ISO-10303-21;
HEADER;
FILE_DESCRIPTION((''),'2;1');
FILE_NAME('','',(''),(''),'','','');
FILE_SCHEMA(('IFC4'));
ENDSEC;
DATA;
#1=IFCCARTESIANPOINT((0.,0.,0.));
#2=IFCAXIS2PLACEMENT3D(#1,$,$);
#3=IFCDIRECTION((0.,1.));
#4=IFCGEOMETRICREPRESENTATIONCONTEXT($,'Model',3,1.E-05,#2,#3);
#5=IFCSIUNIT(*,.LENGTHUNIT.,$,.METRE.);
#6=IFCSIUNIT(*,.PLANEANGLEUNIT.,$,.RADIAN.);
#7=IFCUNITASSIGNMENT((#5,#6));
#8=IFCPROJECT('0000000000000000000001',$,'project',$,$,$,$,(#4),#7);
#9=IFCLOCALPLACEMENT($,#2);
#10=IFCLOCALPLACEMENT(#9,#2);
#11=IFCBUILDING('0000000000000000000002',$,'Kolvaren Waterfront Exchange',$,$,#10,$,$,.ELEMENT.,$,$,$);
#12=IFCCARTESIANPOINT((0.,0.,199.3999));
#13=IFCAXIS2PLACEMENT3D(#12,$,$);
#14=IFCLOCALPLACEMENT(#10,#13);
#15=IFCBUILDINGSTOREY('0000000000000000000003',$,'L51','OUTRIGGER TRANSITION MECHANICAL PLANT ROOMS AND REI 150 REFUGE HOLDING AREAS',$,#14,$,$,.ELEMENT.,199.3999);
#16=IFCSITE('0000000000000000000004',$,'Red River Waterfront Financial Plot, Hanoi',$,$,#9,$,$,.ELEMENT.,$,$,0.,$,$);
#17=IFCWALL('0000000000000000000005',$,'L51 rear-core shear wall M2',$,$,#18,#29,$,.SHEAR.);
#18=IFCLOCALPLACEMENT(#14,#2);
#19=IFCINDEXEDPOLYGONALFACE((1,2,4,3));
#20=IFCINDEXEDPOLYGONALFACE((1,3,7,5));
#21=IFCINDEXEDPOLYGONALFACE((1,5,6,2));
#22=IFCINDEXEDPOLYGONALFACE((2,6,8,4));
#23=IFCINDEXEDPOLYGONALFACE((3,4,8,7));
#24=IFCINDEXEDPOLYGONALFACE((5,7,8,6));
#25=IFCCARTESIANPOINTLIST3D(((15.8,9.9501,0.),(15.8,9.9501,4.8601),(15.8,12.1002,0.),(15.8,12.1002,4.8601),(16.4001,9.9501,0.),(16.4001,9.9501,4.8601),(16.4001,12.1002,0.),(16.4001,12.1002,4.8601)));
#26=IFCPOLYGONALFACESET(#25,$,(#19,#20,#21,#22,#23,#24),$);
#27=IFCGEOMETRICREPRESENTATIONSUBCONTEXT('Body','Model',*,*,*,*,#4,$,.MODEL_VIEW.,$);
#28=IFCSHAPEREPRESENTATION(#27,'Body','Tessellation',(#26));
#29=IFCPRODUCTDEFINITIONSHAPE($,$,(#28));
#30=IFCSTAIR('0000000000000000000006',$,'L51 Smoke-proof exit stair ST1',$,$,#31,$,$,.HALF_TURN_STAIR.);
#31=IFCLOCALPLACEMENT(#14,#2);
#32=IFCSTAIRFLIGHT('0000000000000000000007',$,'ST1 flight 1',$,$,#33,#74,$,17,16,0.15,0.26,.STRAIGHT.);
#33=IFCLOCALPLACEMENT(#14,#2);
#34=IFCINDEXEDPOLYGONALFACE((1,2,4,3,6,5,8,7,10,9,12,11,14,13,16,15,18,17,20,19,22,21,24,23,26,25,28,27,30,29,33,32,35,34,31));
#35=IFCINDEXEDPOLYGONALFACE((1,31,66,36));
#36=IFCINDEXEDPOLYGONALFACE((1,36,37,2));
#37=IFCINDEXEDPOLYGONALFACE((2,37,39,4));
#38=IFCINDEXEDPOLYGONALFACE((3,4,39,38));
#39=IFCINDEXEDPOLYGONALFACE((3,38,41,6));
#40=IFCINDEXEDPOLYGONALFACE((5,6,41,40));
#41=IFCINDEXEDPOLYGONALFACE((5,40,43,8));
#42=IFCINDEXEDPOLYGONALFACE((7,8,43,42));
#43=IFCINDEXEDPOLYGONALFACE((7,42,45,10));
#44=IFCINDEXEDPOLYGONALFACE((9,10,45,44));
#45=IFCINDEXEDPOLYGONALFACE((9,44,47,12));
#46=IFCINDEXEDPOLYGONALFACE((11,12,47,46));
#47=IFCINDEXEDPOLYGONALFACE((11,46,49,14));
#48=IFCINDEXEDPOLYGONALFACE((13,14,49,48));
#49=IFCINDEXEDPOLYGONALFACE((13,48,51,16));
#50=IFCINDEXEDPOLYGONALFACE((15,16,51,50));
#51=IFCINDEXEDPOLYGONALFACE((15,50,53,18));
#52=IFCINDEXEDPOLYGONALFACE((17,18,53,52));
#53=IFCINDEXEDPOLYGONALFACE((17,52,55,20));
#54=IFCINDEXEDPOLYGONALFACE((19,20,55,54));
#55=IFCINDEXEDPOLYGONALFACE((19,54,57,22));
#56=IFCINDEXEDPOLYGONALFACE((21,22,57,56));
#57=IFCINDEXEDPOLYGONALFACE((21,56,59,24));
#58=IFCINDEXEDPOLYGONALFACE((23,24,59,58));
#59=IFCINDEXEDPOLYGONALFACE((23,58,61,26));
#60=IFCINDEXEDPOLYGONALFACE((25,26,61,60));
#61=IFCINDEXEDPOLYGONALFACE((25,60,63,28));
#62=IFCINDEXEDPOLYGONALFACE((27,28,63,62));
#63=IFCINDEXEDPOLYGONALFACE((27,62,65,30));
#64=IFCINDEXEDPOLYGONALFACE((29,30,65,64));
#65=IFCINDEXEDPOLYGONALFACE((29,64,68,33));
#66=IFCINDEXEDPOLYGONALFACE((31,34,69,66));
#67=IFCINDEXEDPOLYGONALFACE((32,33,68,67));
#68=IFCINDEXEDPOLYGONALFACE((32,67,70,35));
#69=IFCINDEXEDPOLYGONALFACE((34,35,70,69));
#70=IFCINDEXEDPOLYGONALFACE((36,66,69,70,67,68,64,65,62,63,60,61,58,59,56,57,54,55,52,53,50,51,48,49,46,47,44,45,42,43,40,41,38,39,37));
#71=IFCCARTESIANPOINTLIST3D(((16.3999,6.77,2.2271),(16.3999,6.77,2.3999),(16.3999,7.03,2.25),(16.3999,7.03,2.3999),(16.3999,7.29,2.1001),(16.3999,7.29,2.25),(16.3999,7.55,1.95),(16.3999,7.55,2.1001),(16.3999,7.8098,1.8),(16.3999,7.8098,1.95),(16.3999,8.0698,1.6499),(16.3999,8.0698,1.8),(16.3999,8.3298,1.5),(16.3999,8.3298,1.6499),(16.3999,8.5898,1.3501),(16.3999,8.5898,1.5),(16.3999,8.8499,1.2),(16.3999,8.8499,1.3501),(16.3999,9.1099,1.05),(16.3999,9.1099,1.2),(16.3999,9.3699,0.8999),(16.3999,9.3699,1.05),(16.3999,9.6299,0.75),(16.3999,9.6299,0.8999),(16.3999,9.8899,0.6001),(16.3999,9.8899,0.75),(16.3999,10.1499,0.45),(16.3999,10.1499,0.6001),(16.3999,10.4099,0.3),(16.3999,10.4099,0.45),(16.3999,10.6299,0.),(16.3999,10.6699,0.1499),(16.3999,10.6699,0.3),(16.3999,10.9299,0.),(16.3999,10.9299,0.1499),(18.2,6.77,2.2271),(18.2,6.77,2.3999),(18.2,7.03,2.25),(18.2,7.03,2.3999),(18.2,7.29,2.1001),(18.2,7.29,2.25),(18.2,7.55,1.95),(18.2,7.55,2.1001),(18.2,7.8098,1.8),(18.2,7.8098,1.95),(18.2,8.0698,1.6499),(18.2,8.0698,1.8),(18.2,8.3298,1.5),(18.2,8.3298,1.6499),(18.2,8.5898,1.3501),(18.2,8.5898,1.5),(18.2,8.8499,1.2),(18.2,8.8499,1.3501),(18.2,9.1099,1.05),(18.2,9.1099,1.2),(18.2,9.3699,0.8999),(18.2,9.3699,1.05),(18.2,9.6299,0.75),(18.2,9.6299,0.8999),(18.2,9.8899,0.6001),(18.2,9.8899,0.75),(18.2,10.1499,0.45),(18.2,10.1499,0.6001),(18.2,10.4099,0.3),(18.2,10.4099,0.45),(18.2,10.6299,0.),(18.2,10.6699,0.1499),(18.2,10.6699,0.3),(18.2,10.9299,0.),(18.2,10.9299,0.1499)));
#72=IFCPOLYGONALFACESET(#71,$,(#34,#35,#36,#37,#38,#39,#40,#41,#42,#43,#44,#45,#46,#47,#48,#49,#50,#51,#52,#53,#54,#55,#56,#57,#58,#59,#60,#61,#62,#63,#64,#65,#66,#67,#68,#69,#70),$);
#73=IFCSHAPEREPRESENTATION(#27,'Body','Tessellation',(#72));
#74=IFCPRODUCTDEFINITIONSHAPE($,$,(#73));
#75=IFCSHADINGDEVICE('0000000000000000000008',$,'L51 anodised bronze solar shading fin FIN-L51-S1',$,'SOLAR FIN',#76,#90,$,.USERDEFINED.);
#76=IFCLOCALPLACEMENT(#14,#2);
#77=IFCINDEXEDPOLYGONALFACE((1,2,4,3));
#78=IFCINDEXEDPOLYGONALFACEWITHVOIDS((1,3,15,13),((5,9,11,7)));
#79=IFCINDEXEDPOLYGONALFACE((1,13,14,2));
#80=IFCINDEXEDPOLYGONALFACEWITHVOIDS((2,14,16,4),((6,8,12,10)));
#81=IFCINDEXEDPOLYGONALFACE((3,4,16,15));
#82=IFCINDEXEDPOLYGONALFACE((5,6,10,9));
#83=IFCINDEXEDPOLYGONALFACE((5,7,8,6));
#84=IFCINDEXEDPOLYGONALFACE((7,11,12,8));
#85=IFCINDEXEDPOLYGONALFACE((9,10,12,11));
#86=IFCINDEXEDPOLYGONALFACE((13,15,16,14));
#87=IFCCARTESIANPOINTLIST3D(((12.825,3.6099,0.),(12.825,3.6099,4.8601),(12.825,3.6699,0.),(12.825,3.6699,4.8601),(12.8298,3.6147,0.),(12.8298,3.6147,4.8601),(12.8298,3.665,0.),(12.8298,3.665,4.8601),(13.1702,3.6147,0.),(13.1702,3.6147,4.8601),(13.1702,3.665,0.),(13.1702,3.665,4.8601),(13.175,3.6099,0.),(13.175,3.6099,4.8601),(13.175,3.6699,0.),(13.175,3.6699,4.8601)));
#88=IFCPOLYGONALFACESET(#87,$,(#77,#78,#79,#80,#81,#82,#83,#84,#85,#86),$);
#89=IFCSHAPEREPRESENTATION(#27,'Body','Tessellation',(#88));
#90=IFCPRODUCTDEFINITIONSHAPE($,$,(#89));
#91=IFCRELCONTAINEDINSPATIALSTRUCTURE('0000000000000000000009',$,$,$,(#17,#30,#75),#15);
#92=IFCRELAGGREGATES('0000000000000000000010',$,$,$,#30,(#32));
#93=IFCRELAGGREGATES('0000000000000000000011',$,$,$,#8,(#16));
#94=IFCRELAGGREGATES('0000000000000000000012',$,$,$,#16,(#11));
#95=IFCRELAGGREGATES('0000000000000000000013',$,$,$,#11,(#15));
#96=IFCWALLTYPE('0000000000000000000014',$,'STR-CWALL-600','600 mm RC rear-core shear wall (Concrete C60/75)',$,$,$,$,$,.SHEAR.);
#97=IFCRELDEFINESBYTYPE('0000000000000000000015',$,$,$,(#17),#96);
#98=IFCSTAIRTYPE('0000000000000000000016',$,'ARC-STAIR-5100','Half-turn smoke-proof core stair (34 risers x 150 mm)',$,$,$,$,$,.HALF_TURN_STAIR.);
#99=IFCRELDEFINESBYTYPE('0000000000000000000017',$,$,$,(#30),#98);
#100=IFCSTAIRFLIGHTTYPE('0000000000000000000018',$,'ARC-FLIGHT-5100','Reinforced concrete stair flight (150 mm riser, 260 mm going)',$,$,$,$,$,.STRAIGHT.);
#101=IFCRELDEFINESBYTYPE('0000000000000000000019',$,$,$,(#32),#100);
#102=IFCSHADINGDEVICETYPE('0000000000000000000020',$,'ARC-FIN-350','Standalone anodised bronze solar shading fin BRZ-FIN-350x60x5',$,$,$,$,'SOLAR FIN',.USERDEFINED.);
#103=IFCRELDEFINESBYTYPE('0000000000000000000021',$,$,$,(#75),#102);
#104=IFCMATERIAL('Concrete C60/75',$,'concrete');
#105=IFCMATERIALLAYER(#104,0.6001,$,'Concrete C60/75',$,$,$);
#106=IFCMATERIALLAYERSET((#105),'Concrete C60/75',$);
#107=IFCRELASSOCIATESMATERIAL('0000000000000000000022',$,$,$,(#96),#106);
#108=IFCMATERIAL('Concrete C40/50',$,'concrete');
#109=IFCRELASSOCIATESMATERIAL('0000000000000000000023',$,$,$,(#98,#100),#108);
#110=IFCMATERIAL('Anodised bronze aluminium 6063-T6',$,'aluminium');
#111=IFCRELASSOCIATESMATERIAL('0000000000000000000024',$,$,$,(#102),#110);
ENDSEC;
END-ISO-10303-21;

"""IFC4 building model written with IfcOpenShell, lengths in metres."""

from ifc_helpers import new_model, si_unit, direction, frame, frame_2d, origin, origin_2d, place, context, subcontext, project, spatial, polyline, rectangle, hollow_rectangle, outline, extrude, material, layer, layer_set, material_profile, profile_set, type_object, element, aggregate, save


model = new_model("IFC4")

# Units and contexts
model_context = context("Model", 3, precision=1e-05, world=origin(), true_north=direction((0.0, 1.0)))
body_context = subcontext(model_context, "Body", "Model", "MODEL_VIEW")
ifc_project = project(units=[si_unit("LENGTHUNIT", "METRE"), si_unit("PLANEANGLEUNIT", "RADIAN")], contexts=[model_context])

# Site, building, storey
site_placement = place(None, origin())
site = spatial("IfcSite", under=ifc_project, at=site_placement, Name="Red River Waterfront Financial Plot, Hanoi", CompositionType="ELEMENT", RefElevation=0.0)
building_placement = place(site_placement, origin())
building = spatial("IfcBuilding", under=site, at=building_placement, Name="Kolvaren Waterfront Exchange", CompositionType="ELEMENT")
storey_placement = place(building_placement, frame((0.0, 0.0, 199.3999)))
storey = spatial("IfcBuildingStorey", under=building, at=storey_placement, Name="L51", Description="OUTRIGGER TRANSITION MECHANICAL PLANT ROOMS AND REI 150 REFUGE HOLDING AREAS", CompositionType="ELEMENT", Elevation=199.3999)

# Shared definitions
ifc_material_1 = material(Name="Concrete C60/75", Category="concrete")

# Shared definitions
ifc_material_2 = material(Name="Anodised bronze aluminium 6063-T6", Category="aluminium")

# Wall
ifc_material_3 = material(Name="Concrete C40/50", Category="concrete")
ifc_layer_1 = layer(ifc_material_1, 0.6001, Name="Concrete C60/75")
ifc_layer_set_1 = layer_set([ifc_layer_1], Name="Concrete C60/75")
wall_type_1 = type_object("IfcWallType", Name="STR-CWALL-600", Description="600 mm RC rear-core shear wall (Concrete C60/75)", PredefinedType="SHEAR", material=ifc_layer_set_1)
wall_1_placement = place(storey_placement, frame((16.1001, 9.95, 0.0), z_axis=(0.0, 0.0, 1.0), x_axis=(0.0, 1.0, 0.0)))
element("IfcWall", 1, at=wall_1_placement, inside=storey, type_object=wall_type_1, Name="L51 rear-core shear wall M2", PredefinedType="SHEAR", context=body_context, shape_type="SweptSolid", body=[
    extrude(rectangle(XDim=2.1501, YDim=0.6001, at=frame_2d((1.0752, 0.0))), origin(), (0.0, 0.0, 1.0), 4.8601),
])

# Stair, stair flight
stair_type = type_object("IfcStairType", Name="ARC-STAIR-5100", Description="Half-turn smoke-proof core stair (34 risers x 150 mm)", PredefinedType="HALF_TURN_STAIR", material=ifc_material_3)
stair_placement = place(storey_placement, origin())
stair = element("IfcStair", 2, at=stair_placement, inside=storey, type_object=stair_type, Name="L51 Smoke-proof exit stair ST1", PredefinedType="HALF_TURN_STAIR")
stair_flight_type = type_object("IfcStairFlightType", Name="ARC-FLIGHT-5100", Description="Reinforced concrete stair flight (150 mm riser, 260 mm going)", PredefinedType="STRAIGHT", material=ifc_material_3)
stair_flight_placement = place(storey_placement, frame((17.3, 10.9299, 0.0), z_axis=(0.0, 0.0, 1.0), x_axis=(0.0, -1.0, 0.0)))
stair_flight = element("IfcStairFlight", 3, at=stair_flight_placement, type_object=stair_flight_type, Name="ST1 flight 1", NumberOfRisers=17, NumberOfTreads=16, PredefinedType="STRAIGHT", RiserHeight=0.15, TreadLength=0.26, context=body_context, shape_type="SweptSolid", body=[
    extrude(outline(polyline([(0.0, 0.0), (0.0, 0.1499), (0.26, 0.1499), (0.26, 0.3), (0.52, 0.3), (0.52, 0.45), (0.78, 0.45), (0.78, 0.6001), (1.04, 0.6001), (1.04, 0.75), (1.3, 0.75), (1.3, 0.8999), (1.5601, 0.8999), (1.5601, 1.05), (1.8201, 1.05), (1.8201, 1.2), (2.0801, 1.2), (2.0801, 1.3501), (2.3401, 1.3501), (2.3401, 1.5), (2.6001, 1.5), (2.6001, 1.6499), (2.8601, 1.6499), (2.8601, 1.8), (3.1201, 1.8), (3.1201, 1.95), (3.3799, 1.95), (3.3799, 2.1001), (3.6399, 2.1001), (3.6399, 2.25), (3.8999, 2.25), (3.8999, 2.3999), (4.1599, 2.3999), (4.1599, 2.55), (4.1599, 2.2271), (0.3, 0.0), (0.0, 0.0)])), frame((0.0, 0.8999, 0.0), z_axis=(0.0, -1.0, 0.0), x_axis=(1.0, 0.0, 0.0)), (0.0, 0.0, 1.0), 1.8),
])
aggregate(stair, [stair_flight])

# Shading device
ifc_material_profile_1 = material_profile(ifc_material_2, hollow_rectangle(XDim=0.0601, YDim=0.3501, WallThickness=0.0049, at=origin_2d()), Name="BRZ-FIN-350x60x5")
ifc_profile_set_1 = profile_set([ifc_material_profile_1], Name="Anodised bronze aluminium 6063-T6")
shading_device_type_1 = type_object("IfcShadingDeviceType", Name="ARC-FIN-350", Description="Standalone anodised bronze solar shading fin BRZ-FIN-350x60x5", ElementType="SOLAR FIN", PredefinedType="USERDEFINED", material=ifc_profile_set_1)
shading_device_placement = place(storey_placement, frame((13.0, 3.6399, 0.0), z_axis=(0.0, 0.0, 1.0), x_axis=(0.0, -1.0, 0.0)))
element("IfcShadingDevice", 4, at=shading_device_placement, inside=storey, type_object=shading_device_type_1, Name="L51 anodised bronze solar shading fin FIN-L51-S1", ObjectType="SOLAR FIN", PredefinedType="USERDEFINED", context=body_context, shape_type="SweptSolid", body=[
    extrude(hollow_rectangle(XDim=0.0601, YDim=0.3501, WallThickness=0.0049, at=origin_2d()), origin(), (0.0, 0.0, 1.0), 4.8601),
])

save(model, "model.ifc")
